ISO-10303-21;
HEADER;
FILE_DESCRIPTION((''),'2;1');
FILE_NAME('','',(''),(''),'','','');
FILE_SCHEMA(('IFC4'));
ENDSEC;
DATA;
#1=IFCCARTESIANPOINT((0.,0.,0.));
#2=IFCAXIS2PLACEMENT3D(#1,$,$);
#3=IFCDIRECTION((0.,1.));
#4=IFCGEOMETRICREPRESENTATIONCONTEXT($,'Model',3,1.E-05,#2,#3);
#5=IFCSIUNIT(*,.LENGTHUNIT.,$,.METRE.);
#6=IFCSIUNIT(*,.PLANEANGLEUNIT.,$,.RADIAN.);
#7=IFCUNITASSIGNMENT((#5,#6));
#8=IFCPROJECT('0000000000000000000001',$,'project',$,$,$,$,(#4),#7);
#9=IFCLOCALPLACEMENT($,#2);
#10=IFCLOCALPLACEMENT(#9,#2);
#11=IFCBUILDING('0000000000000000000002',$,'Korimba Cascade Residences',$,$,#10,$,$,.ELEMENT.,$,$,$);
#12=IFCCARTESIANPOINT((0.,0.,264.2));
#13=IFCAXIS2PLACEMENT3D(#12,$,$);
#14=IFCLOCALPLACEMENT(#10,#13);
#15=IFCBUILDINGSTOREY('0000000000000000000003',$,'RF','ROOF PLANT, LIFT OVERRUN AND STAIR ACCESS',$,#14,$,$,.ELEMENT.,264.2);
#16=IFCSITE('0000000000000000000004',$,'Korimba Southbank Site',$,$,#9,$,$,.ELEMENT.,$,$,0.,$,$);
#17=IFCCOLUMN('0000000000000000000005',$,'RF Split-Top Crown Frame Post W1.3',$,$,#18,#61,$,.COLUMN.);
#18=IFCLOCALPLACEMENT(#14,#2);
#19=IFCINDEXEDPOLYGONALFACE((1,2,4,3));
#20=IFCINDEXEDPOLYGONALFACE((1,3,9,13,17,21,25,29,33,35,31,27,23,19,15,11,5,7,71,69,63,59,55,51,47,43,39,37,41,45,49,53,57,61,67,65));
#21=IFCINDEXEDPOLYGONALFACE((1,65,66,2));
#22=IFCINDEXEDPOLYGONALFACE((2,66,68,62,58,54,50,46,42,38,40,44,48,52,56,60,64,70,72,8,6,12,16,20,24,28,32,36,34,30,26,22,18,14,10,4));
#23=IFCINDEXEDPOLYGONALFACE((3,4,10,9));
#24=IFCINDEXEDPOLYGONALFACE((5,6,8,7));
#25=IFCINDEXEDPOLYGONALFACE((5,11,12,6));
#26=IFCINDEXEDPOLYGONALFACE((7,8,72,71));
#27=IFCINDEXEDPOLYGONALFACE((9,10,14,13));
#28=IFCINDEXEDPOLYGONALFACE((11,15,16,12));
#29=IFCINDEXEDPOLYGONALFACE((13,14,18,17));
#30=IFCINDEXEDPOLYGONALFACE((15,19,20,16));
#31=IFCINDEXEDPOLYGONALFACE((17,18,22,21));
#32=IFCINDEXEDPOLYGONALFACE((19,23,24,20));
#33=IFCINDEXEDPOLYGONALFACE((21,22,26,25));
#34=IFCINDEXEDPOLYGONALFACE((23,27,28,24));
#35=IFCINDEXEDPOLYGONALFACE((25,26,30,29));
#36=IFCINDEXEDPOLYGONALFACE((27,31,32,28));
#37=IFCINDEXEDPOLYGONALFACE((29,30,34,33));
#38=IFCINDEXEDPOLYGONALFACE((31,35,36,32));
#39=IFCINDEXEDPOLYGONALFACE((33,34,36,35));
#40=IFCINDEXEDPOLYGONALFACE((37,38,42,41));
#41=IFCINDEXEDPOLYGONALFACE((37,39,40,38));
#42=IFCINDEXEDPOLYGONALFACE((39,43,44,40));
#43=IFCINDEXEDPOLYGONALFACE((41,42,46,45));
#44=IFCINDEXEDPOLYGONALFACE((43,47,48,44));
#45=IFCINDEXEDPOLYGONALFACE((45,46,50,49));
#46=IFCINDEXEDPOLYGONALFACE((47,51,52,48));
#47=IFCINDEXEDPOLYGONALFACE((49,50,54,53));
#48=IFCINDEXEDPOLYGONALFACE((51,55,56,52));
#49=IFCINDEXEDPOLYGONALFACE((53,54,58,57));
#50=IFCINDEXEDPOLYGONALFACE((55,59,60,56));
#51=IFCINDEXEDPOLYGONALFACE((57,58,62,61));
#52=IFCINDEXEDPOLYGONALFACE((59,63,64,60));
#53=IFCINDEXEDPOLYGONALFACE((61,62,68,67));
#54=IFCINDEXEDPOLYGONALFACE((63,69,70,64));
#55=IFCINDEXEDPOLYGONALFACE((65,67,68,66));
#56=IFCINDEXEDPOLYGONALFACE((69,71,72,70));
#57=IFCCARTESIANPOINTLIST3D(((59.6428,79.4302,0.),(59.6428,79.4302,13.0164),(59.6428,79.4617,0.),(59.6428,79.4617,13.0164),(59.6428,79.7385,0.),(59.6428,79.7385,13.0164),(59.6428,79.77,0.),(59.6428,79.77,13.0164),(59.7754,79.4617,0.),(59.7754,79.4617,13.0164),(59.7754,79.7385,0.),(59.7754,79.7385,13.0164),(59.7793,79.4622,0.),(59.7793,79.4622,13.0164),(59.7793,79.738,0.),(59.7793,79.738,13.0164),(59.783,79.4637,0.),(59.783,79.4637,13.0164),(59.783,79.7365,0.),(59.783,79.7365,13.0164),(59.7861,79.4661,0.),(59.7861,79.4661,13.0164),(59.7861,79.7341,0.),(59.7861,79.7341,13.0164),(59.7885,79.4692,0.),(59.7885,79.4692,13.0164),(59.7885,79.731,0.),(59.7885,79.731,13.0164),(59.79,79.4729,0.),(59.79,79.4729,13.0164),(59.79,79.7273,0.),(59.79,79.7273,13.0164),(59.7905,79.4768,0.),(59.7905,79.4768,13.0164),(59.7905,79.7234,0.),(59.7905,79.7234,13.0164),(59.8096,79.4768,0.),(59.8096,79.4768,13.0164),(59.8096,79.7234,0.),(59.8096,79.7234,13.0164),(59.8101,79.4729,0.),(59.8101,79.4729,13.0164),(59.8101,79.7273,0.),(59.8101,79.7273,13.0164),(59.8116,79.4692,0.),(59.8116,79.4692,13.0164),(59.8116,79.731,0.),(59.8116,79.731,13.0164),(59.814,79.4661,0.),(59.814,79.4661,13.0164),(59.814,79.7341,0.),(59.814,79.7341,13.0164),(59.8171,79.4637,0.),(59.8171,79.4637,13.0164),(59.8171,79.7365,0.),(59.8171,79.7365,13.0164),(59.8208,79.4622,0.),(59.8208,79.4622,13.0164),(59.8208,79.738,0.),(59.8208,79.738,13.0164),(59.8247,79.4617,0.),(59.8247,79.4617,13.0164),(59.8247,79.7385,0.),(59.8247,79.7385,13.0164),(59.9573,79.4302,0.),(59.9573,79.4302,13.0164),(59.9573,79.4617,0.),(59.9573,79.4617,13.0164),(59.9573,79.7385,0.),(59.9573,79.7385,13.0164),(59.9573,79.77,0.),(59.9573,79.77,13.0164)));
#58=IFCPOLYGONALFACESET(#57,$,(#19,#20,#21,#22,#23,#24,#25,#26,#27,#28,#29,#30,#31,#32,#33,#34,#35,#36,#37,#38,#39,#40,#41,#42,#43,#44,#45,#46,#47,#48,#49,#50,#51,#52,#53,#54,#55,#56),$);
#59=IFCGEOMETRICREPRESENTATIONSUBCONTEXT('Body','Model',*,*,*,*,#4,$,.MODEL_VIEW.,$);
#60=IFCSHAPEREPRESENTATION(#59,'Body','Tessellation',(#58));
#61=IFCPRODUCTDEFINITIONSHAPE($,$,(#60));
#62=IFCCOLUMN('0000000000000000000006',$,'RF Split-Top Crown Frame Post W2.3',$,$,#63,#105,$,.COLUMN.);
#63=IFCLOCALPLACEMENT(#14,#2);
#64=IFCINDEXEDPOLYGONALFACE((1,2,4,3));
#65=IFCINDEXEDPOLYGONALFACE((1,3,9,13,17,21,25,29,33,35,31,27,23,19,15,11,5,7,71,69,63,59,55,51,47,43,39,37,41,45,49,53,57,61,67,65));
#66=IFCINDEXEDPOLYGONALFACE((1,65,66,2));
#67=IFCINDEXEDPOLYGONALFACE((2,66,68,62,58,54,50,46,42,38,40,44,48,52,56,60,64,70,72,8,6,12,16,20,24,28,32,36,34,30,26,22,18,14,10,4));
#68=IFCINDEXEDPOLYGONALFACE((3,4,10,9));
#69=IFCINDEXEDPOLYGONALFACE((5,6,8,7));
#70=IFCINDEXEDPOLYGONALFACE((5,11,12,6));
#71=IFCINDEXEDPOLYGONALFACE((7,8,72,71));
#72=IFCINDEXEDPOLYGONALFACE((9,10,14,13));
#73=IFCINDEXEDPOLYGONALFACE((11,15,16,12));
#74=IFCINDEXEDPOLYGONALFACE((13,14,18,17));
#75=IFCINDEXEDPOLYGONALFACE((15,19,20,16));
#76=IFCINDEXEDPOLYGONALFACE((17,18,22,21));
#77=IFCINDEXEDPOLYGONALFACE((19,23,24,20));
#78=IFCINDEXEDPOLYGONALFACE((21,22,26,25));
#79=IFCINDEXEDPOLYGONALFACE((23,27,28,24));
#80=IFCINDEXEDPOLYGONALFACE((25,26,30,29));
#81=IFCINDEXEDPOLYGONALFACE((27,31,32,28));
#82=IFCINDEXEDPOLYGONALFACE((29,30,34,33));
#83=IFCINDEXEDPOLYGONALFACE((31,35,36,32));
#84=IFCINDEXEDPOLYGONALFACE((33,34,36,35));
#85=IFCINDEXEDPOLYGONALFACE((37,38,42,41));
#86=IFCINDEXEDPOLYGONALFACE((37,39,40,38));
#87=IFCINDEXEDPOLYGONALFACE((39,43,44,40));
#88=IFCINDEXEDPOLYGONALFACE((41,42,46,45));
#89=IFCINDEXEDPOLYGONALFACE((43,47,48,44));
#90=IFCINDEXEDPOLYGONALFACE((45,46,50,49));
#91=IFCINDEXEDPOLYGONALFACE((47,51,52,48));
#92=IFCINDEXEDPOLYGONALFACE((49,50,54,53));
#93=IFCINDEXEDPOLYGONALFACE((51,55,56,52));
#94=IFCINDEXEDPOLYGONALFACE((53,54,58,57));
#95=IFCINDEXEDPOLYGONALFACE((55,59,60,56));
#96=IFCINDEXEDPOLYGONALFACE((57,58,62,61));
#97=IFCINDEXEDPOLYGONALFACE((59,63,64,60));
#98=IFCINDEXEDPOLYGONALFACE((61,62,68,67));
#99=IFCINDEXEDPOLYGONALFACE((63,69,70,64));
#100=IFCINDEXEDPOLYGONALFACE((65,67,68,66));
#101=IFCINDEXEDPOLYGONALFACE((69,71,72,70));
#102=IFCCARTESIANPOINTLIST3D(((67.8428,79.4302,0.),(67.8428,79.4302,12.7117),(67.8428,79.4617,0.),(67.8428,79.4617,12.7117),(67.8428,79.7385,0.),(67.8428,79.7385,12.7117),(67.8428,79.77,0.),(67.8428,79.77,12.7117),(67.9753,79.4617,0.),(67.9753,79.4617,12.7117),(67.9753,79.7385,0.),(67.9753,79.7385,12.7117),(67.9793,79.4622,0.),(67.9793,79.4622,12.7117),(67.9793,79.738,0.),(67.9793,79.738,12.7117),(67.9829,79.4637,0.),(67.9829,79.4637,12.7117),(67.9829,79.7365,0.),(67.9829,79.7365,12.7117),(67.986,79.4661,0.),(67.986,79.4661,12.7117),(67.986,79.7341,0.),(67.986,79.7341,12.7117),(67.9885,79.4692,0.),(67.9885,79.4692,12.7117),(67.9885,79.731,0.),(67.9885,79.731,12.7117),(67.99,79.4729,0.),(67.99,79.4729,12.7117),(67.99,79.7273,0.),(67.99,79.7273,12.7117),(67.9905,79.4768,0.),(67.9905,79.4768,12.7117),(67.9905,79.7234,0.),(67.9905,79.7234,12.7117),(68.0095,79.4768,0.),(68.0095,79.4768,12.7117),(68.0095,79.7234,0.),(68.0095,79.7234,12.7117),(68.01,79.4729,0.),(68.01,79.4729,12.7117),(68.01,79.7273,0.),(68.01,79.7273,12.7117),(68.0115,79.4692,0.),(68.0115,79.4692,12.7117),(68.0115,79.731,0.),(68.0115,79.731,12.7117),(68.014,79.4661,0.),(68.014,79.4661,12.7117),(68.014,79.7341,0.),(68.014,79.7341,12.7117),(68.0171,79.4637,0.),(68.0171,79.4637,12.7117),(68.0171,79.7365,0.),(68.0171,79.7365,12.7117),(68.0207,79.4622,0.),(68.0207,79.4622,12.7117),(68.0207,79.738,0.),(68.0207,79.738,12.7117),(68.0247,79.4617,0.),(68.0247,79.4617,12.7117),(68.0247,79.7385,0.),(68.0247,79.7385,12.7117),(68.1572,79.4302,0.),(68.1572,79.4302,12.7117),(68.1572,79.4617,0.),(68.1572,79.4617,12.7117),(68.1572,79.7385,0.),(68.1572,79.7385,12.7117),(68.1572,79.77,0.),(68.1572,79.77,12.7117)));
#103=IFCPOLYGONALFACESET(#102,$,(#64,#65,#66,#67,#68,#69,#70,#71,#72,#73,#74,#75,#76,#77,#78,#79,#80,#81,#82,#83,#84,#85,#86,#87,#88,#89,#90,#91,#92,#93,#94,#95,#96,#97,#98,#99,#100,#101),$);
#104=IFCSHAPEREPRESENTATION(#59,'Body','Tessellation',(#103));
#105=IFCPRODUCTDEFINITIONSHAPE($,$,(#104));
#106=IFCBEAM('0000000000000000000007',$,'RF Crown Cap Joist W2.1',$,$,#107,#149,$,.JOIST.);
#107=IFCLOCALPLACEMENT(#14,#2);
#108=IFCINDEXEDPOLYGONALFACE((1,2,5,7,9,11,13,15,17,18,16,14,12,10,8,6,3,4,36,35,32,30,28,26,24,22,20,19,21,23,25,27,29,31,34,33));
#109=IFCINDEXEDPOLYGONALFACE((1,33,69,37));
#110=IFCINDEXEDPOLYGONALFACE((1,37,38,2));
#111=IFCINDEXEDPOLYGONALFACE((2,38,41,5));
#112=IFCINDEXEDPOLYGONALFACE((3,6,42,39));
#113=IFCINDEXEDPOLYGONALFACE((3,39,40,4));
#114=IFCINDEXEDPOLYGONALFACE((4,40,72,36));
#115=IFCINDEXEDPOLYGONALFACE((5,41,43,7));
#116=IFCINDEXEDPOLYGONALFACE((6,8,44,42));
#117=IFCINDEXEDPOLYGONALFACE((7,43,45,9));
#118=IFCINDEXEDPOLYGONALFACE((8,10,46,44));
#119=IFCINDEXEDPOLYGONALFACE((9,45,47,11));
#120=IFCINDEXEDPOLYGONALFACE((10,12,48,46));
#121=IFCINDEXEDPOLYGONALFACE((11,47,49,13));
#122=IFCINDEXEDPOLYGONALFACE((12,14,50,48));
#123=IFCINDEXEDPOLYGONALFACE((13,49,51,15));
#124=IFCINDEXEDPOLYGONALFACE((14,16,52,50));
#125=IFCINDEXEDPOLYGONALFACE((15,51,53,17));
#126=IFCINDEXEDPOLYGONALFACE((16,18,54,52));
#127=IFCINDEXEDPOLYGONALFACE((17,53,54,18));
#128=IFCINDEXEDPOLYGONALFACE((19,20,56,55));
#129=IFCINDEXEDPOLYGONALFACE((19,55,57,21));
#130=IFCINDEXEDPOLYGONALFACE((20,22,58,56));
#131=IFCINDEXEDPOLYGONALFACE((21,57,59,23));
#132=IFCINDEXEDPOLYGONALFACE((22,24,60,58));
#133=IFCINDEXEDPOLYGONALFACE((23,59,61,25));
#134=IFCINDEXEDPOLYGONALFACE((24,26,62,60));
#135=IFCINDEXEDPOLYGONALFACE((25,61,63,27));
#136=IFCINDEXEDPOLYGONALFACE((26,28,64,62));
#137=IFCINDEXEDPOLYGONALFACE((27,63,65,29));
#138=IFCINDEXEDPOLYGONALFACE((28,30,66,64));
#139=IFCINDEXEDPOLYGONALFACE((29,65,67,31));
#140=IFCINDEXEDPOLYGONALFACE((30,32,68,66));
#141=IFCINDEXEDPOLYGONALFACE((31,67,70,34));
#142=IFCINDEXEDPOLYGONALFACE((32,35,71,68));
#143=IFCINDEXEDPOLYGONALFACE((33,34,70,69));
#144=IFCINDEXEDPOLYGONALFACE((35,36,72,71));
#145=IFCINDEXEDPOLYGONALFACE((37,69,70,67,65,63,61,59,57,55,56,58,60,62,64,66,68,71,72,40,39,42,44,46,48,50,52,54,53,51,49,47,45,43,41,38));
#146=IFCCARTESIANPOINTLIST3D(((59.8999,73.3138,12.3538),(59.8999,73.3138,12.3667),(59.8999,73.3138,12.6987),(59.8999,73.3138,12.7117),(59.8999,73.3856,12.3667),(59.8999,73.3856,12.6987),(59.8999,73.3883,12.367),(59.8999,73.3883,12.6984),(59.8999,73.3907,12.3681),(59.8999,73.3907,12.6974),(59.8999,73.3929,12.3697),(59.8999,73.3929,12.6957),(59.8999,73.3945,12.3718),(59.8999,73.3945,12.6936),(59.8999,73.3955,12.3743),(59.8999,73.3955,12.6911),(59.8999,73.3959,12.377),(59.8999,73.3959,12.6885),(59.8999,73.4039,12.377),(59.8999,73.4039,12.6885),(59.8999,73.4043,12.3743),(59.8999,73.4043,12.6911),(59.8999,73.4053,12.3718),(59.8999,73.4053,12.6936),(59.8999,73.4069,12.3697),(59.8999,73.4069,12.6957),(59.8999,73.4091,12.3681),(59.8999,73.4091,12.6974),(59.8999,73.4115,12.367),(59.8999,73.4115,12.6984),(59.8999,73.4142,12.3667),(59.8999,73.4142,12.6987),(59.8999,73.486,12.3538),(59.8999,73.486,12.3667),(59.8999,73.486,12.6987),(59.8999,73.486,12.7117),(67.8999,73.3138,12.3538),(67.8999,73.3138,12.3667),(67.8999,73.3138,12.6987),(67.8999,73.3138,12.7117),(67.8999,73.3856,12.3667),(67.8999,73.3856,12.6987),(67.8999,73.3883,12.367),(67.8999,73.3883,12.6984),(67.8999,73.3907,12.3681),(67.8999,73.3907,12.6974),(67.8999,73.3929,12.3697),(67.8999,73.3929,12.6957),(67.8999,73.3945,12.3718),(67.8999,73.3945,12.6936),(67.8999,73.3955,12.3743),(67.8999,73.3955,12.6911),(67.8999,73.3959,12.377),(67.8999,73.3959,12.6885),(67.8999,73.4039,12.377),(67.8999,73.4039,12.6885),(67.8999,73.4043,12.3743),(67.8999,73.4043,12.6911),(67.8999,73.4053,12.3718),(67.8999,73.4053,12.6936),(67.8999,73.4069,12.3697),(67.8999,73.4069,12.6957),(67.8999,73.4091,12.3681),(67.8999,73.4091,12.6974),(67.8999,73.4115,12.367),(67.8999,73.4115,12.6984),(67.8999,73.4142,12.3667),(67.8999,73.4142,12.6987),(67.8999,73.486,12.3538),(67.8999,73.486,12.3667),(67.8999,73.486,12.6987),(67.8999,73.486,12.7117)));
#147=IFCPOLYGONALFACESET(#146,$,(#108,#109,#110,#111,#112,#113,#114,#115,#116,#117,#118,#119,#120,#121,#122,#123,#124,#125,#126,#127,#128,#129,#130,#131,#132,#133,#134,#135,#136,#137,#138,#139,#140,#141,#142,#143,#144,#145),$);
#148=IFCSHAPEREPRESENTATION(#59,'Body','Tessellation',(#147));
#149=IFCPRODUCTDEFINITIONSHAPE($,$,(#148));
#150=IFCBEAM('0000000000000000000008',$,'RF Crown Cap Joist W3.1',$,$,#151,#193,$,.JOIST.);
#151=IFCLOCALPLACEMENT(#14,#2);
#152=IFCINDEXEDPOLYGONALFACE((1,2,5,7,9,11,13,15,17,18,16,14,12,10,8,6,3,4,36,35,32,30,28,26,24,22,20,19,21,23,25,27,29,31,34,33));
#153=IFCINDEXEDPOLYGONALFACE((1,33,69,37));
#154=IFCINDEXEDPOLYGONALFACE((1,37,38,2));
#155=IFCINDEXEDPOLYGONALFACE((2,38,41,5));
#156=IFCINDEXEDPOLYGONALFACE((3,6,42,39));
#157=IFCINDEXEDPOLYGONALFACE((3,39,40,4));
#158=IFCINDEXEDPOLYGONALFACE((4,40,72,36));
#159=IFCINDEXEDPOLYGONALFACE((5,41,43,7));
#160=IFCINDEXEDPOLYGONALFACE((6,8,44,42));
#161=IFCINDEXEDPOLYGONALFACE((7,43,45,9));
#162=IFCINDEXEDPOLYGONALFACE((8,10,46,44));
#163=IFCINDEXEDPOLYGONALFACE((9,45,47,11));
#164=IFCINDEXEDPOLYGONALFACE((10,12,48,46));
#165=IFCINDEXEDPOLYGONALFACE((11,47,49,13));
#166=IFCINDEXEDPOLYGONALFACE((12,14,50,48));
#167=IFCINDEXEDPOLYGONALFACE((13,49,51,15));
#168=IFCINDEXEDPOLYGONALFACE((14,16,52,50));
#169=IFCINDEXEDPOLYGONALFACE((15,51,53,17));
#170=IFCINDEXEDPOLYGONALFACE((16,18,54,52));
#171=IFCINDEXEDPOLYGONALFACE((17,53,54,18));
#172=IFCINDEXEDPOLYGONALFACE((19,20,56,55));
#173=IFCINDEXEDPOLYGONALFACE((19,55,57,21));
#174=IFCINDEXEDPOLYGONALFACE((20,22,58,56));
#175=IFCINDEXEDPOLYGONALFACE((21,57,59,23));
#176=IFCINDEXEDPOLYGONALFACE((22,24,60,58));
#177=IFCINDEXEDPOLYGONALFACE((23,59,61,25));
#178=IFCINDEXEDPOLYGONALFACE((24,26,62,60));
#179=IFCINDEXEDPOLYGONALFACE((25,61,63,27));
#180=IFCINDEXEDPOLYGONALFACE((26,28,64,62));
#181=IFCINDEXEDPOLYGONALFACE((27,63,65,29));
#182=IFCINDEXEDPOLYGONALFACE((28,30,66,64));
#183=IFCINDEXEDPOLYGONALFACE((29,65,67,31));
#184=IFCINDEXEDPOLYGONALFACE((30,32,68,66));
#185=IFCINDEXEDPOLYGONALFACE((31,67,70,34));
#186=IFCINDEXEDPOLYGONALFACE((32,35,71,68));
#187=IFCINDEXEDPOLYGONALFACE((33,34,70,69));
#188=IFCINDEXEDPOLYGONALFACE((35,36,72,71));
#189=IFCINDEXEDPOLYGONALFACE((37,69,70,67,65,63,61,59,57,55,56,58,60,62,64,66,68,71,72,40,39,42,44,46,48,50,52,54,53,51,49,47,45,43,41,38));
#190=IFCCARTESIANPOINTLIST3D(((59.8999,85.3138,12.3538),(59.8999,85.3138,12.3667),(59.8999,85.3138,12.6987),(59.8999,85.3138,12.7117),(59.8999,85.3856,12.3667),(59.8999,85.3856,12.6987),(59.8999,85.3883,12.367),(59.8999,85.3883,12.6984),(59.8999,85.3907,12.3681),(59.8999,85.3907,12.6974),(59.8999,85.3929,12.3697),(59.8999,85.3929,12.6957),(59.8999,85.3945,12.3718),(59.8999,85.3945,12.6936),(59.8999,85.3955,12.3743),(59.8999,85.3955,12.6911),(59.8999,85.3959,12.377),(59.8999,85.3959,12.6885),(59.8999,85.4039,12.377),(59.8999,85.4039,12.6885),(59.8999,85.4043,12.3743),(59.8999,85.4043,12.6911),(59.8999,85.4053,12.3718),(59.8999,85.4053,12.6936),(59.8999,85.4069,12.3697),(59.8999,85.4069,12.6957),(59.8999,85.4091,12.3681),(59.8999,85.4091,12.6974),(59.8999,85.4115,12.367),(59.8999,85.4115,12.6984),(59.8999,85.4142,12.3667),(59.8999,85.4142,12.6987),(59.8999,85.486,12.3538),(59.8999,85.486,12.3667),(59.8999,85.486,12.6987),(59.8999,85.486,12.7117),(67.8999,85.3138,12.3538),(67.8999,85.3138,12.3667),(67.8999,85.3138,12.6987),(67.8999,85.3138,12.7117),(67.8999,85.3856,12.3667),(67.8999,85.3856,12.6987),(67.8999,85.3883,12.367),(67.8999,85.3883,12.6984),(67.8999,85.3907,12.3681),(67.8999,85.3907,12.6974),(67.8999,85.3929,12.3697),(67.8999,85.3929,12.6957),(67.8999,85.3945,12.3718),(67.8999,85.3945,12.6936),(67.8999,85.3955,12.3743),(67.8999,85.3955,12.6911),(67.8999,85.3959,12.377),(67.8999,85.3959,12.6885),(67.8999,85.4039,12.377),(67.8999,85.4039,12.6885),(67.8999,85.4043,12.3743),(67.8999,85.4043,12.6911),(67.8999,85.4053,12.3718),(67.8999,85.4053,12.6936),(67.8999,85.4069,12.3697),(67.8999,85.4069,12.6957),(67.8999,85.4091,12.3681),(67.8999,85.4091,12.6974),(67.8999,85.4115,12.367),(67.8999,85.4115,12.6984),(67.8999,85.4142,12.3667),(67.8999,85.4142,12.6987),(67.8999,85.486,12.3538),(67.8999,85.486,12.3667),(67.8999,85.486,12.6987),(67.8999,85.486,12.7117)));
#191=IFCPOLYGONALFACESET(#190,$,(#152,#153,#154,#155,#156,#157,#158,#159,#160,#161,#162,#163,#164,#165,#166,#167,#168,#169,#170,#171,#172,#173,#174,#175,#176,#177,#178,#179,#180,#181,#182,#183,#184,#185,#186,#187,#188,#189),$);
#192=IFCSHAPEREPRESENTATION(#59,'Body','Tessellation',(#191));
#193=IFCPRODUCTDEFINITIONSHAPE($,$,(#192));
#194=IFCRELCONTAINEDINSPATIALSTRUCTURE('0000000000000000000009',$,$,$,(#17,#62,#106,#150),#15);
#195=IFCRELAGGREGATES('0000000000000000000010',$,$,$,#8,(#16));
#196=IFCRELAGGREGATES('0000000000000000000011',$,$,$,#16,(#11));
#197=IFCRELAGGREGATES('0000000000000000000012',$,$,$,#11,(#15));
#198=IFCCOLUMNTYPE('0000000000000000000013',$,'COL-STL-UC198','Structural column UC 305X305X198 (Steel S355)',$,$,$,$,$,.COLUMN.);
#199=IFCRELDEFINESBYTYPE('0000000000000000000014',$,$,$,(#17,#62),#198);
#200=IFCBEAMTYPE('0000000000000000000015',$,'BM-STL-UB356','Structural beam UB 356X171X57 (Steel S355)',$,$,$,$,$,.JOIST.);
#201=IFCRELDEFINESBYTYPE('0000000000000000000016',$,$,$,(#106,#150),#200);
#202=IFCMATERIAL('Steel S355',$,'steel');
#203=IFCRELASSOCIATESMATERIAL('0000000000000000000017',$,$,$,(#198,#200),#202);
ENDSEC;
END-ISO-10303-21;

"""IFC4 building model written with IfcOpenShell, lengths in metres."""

from ifc_helpers import new_model, si_unit, direction, frame, origin, origin_2d, place, context, subcontext, project, spatial, i_section, extrude, material, material_profile, profile_set, type_object, element, save


model = new_model("IFC4")

# Units and contexts
model_context = context("Model", 3, precision=1e-05, world=origin(), true_north=direction((0.0, 1.0)))
body_context = subcontext(model_context, "Body", "Model", "MODEL_VIEW")
ifc_project = project(units=[si_unit("LENGTHUNIT", "METRE"), si_unit("PLANEANGLEUNIT", "RADIAN")], contexts=[model_context])

# Site, building, storey
site_placement = place(None, origin())
site = spatial("IfcSite", under=ifc_project, at=site_placement, Name="Korimba Southbank Site", CompositionType="ELEMENT", RefElevation=0.0)
building_placement = place(site_placement, origin())
building = spatial("IfcBuilding", under=site, at=building_placement, Name="Korimba Cascade Residences", CompositionType="ELEMENT")
storey_placement = place(building_placement, frame((0.0, 0.0, 264.2)))
storey = spatial("IfcBuildingStorey", under=building, at=storey_placement, Name="RF", Description="ROOF PLANT, LIFT OVERRUN AND STAIR ACCESS", CompositionType="ELEMENT", Elevation=264.2)

# Columns
ifc_material_1 = material(Name="Steel S355", Category="steel")
ifc_material_profile_1 = material_profile(ifc_material_1, i_section(OverallWidth=0.3145, OverallDepth=0.3398, WebThickness=0.019, FlangeThickness=0.0315, FilletRadius=0.0151, at=origin_2d()), Name="Steel S355")
ifc_profile_set_1 = profile_set([ifc_material_profile_1], Name="Steel S355")
column_type = type_object("IfcColumnType", Name="COL-STL-UC198", Description="Structural column UC 305X305X198 (Steel S355)", PredefinedType="COLUMN", material=ifc_profile_set_1)
column_1_placement = place(storey_placement, frame((59.8, 79.6001, 0.0), z_axis=(0.0, 0.0, 1.0), x_axis=(1.0, 0.0, 0.0)))
element("IfcColumn", 1, at=column_1_placement, inside=storey, type_object=column_type, Name="RF Split-Top Crown Frame Post W1.3", PredefinedType="COLUMN", context=body_context, shape_type="SweptSolid", body=[
    extrude(i_section(OverallWidth=0.3145, OverallDepth=0.3398, WebThickness=0.019, FlangeThickness=0.0315, FilletRadius=0.0151, at=origin_2d()), origin(), (0.0, 0.0, 1.0), 13.0164),
])
column_2_placement = place(storey_placement, frame((68.0, 79.6001, 0.0), z_axis=(0.0, 0.0, 1.0), x_axis=(1.0, 0.0, 0.0)))
element("IfcColumn", 2, at=column_2_placement, inside=storey, type_object=column_type, Name="RF Split-Top Crown Frame Post W2.3", PredefinedType="COLUMN", context=body_context, shape_type="SweptSolid", body=[
    extrude(i_section(OverallWidth=0.3145, OverallDepth=0.3398, WebThickness=0.019, FlangeThickness=0.0315, FilletRadius=0.0151, at=origin_2d()), origin(), (0.0, 0.0, 1.0), 12.7117),
])

# Beams
ifc_material_profile_2 = material_profile(ifc_material_1, i_section(OverallWidth=0.1721, OverallDepth=0.3579, WebThickness=0.0081, FlangeThickness=0.0129, FilletRadius=0.0103, at=origin_2d()), Name="Steel S355")
ifc_profile_set_2 = profile_set([ifc_material_profile_2], Name="Steel S355")
beam_type_1 = type_object("IfcBeamType", Name="BM-STL-UB356", Description="Structural beam UB 356X171X57 (Steel S355)", PredefinedType="JOIST", material=ifc_profile_set_2)
for number, where, z_axis, x_axis, name in (
    (3, (59.8999, 73.3999, 12.5327), (1.0, 0.0, 0.0), (0.0, 1.0, 0.0), "RF Crown Cap Joist W2.1"),
    (4, (59.8999, 85.3999, 12.5327), (1.0, 0.0, 0.0), (0.0, 1.0, 0.0), "RF Crown Cap Joist W3.1"),
):
    element("IfcBeam", number, at=place(storey_placement, frame(where, z_axis=z_axis, x_axis=x_axis)), inside=storey, type_object=beam_type_1, Name=name, PredefinedType="JOIST", context=body_context, shape_type="SweptSolid", body=[
        extrude(i_section(OverallWidth=0.1721, OverallDepth=0.3579, WebThickness=0.0081, FlangeThickness=0.0129, FilletRadius=0.0103, at=origin_2d()), origin(), (0.0, 0.0, 1.0), 8.0),
    ])

save(model, "model.ifc")
